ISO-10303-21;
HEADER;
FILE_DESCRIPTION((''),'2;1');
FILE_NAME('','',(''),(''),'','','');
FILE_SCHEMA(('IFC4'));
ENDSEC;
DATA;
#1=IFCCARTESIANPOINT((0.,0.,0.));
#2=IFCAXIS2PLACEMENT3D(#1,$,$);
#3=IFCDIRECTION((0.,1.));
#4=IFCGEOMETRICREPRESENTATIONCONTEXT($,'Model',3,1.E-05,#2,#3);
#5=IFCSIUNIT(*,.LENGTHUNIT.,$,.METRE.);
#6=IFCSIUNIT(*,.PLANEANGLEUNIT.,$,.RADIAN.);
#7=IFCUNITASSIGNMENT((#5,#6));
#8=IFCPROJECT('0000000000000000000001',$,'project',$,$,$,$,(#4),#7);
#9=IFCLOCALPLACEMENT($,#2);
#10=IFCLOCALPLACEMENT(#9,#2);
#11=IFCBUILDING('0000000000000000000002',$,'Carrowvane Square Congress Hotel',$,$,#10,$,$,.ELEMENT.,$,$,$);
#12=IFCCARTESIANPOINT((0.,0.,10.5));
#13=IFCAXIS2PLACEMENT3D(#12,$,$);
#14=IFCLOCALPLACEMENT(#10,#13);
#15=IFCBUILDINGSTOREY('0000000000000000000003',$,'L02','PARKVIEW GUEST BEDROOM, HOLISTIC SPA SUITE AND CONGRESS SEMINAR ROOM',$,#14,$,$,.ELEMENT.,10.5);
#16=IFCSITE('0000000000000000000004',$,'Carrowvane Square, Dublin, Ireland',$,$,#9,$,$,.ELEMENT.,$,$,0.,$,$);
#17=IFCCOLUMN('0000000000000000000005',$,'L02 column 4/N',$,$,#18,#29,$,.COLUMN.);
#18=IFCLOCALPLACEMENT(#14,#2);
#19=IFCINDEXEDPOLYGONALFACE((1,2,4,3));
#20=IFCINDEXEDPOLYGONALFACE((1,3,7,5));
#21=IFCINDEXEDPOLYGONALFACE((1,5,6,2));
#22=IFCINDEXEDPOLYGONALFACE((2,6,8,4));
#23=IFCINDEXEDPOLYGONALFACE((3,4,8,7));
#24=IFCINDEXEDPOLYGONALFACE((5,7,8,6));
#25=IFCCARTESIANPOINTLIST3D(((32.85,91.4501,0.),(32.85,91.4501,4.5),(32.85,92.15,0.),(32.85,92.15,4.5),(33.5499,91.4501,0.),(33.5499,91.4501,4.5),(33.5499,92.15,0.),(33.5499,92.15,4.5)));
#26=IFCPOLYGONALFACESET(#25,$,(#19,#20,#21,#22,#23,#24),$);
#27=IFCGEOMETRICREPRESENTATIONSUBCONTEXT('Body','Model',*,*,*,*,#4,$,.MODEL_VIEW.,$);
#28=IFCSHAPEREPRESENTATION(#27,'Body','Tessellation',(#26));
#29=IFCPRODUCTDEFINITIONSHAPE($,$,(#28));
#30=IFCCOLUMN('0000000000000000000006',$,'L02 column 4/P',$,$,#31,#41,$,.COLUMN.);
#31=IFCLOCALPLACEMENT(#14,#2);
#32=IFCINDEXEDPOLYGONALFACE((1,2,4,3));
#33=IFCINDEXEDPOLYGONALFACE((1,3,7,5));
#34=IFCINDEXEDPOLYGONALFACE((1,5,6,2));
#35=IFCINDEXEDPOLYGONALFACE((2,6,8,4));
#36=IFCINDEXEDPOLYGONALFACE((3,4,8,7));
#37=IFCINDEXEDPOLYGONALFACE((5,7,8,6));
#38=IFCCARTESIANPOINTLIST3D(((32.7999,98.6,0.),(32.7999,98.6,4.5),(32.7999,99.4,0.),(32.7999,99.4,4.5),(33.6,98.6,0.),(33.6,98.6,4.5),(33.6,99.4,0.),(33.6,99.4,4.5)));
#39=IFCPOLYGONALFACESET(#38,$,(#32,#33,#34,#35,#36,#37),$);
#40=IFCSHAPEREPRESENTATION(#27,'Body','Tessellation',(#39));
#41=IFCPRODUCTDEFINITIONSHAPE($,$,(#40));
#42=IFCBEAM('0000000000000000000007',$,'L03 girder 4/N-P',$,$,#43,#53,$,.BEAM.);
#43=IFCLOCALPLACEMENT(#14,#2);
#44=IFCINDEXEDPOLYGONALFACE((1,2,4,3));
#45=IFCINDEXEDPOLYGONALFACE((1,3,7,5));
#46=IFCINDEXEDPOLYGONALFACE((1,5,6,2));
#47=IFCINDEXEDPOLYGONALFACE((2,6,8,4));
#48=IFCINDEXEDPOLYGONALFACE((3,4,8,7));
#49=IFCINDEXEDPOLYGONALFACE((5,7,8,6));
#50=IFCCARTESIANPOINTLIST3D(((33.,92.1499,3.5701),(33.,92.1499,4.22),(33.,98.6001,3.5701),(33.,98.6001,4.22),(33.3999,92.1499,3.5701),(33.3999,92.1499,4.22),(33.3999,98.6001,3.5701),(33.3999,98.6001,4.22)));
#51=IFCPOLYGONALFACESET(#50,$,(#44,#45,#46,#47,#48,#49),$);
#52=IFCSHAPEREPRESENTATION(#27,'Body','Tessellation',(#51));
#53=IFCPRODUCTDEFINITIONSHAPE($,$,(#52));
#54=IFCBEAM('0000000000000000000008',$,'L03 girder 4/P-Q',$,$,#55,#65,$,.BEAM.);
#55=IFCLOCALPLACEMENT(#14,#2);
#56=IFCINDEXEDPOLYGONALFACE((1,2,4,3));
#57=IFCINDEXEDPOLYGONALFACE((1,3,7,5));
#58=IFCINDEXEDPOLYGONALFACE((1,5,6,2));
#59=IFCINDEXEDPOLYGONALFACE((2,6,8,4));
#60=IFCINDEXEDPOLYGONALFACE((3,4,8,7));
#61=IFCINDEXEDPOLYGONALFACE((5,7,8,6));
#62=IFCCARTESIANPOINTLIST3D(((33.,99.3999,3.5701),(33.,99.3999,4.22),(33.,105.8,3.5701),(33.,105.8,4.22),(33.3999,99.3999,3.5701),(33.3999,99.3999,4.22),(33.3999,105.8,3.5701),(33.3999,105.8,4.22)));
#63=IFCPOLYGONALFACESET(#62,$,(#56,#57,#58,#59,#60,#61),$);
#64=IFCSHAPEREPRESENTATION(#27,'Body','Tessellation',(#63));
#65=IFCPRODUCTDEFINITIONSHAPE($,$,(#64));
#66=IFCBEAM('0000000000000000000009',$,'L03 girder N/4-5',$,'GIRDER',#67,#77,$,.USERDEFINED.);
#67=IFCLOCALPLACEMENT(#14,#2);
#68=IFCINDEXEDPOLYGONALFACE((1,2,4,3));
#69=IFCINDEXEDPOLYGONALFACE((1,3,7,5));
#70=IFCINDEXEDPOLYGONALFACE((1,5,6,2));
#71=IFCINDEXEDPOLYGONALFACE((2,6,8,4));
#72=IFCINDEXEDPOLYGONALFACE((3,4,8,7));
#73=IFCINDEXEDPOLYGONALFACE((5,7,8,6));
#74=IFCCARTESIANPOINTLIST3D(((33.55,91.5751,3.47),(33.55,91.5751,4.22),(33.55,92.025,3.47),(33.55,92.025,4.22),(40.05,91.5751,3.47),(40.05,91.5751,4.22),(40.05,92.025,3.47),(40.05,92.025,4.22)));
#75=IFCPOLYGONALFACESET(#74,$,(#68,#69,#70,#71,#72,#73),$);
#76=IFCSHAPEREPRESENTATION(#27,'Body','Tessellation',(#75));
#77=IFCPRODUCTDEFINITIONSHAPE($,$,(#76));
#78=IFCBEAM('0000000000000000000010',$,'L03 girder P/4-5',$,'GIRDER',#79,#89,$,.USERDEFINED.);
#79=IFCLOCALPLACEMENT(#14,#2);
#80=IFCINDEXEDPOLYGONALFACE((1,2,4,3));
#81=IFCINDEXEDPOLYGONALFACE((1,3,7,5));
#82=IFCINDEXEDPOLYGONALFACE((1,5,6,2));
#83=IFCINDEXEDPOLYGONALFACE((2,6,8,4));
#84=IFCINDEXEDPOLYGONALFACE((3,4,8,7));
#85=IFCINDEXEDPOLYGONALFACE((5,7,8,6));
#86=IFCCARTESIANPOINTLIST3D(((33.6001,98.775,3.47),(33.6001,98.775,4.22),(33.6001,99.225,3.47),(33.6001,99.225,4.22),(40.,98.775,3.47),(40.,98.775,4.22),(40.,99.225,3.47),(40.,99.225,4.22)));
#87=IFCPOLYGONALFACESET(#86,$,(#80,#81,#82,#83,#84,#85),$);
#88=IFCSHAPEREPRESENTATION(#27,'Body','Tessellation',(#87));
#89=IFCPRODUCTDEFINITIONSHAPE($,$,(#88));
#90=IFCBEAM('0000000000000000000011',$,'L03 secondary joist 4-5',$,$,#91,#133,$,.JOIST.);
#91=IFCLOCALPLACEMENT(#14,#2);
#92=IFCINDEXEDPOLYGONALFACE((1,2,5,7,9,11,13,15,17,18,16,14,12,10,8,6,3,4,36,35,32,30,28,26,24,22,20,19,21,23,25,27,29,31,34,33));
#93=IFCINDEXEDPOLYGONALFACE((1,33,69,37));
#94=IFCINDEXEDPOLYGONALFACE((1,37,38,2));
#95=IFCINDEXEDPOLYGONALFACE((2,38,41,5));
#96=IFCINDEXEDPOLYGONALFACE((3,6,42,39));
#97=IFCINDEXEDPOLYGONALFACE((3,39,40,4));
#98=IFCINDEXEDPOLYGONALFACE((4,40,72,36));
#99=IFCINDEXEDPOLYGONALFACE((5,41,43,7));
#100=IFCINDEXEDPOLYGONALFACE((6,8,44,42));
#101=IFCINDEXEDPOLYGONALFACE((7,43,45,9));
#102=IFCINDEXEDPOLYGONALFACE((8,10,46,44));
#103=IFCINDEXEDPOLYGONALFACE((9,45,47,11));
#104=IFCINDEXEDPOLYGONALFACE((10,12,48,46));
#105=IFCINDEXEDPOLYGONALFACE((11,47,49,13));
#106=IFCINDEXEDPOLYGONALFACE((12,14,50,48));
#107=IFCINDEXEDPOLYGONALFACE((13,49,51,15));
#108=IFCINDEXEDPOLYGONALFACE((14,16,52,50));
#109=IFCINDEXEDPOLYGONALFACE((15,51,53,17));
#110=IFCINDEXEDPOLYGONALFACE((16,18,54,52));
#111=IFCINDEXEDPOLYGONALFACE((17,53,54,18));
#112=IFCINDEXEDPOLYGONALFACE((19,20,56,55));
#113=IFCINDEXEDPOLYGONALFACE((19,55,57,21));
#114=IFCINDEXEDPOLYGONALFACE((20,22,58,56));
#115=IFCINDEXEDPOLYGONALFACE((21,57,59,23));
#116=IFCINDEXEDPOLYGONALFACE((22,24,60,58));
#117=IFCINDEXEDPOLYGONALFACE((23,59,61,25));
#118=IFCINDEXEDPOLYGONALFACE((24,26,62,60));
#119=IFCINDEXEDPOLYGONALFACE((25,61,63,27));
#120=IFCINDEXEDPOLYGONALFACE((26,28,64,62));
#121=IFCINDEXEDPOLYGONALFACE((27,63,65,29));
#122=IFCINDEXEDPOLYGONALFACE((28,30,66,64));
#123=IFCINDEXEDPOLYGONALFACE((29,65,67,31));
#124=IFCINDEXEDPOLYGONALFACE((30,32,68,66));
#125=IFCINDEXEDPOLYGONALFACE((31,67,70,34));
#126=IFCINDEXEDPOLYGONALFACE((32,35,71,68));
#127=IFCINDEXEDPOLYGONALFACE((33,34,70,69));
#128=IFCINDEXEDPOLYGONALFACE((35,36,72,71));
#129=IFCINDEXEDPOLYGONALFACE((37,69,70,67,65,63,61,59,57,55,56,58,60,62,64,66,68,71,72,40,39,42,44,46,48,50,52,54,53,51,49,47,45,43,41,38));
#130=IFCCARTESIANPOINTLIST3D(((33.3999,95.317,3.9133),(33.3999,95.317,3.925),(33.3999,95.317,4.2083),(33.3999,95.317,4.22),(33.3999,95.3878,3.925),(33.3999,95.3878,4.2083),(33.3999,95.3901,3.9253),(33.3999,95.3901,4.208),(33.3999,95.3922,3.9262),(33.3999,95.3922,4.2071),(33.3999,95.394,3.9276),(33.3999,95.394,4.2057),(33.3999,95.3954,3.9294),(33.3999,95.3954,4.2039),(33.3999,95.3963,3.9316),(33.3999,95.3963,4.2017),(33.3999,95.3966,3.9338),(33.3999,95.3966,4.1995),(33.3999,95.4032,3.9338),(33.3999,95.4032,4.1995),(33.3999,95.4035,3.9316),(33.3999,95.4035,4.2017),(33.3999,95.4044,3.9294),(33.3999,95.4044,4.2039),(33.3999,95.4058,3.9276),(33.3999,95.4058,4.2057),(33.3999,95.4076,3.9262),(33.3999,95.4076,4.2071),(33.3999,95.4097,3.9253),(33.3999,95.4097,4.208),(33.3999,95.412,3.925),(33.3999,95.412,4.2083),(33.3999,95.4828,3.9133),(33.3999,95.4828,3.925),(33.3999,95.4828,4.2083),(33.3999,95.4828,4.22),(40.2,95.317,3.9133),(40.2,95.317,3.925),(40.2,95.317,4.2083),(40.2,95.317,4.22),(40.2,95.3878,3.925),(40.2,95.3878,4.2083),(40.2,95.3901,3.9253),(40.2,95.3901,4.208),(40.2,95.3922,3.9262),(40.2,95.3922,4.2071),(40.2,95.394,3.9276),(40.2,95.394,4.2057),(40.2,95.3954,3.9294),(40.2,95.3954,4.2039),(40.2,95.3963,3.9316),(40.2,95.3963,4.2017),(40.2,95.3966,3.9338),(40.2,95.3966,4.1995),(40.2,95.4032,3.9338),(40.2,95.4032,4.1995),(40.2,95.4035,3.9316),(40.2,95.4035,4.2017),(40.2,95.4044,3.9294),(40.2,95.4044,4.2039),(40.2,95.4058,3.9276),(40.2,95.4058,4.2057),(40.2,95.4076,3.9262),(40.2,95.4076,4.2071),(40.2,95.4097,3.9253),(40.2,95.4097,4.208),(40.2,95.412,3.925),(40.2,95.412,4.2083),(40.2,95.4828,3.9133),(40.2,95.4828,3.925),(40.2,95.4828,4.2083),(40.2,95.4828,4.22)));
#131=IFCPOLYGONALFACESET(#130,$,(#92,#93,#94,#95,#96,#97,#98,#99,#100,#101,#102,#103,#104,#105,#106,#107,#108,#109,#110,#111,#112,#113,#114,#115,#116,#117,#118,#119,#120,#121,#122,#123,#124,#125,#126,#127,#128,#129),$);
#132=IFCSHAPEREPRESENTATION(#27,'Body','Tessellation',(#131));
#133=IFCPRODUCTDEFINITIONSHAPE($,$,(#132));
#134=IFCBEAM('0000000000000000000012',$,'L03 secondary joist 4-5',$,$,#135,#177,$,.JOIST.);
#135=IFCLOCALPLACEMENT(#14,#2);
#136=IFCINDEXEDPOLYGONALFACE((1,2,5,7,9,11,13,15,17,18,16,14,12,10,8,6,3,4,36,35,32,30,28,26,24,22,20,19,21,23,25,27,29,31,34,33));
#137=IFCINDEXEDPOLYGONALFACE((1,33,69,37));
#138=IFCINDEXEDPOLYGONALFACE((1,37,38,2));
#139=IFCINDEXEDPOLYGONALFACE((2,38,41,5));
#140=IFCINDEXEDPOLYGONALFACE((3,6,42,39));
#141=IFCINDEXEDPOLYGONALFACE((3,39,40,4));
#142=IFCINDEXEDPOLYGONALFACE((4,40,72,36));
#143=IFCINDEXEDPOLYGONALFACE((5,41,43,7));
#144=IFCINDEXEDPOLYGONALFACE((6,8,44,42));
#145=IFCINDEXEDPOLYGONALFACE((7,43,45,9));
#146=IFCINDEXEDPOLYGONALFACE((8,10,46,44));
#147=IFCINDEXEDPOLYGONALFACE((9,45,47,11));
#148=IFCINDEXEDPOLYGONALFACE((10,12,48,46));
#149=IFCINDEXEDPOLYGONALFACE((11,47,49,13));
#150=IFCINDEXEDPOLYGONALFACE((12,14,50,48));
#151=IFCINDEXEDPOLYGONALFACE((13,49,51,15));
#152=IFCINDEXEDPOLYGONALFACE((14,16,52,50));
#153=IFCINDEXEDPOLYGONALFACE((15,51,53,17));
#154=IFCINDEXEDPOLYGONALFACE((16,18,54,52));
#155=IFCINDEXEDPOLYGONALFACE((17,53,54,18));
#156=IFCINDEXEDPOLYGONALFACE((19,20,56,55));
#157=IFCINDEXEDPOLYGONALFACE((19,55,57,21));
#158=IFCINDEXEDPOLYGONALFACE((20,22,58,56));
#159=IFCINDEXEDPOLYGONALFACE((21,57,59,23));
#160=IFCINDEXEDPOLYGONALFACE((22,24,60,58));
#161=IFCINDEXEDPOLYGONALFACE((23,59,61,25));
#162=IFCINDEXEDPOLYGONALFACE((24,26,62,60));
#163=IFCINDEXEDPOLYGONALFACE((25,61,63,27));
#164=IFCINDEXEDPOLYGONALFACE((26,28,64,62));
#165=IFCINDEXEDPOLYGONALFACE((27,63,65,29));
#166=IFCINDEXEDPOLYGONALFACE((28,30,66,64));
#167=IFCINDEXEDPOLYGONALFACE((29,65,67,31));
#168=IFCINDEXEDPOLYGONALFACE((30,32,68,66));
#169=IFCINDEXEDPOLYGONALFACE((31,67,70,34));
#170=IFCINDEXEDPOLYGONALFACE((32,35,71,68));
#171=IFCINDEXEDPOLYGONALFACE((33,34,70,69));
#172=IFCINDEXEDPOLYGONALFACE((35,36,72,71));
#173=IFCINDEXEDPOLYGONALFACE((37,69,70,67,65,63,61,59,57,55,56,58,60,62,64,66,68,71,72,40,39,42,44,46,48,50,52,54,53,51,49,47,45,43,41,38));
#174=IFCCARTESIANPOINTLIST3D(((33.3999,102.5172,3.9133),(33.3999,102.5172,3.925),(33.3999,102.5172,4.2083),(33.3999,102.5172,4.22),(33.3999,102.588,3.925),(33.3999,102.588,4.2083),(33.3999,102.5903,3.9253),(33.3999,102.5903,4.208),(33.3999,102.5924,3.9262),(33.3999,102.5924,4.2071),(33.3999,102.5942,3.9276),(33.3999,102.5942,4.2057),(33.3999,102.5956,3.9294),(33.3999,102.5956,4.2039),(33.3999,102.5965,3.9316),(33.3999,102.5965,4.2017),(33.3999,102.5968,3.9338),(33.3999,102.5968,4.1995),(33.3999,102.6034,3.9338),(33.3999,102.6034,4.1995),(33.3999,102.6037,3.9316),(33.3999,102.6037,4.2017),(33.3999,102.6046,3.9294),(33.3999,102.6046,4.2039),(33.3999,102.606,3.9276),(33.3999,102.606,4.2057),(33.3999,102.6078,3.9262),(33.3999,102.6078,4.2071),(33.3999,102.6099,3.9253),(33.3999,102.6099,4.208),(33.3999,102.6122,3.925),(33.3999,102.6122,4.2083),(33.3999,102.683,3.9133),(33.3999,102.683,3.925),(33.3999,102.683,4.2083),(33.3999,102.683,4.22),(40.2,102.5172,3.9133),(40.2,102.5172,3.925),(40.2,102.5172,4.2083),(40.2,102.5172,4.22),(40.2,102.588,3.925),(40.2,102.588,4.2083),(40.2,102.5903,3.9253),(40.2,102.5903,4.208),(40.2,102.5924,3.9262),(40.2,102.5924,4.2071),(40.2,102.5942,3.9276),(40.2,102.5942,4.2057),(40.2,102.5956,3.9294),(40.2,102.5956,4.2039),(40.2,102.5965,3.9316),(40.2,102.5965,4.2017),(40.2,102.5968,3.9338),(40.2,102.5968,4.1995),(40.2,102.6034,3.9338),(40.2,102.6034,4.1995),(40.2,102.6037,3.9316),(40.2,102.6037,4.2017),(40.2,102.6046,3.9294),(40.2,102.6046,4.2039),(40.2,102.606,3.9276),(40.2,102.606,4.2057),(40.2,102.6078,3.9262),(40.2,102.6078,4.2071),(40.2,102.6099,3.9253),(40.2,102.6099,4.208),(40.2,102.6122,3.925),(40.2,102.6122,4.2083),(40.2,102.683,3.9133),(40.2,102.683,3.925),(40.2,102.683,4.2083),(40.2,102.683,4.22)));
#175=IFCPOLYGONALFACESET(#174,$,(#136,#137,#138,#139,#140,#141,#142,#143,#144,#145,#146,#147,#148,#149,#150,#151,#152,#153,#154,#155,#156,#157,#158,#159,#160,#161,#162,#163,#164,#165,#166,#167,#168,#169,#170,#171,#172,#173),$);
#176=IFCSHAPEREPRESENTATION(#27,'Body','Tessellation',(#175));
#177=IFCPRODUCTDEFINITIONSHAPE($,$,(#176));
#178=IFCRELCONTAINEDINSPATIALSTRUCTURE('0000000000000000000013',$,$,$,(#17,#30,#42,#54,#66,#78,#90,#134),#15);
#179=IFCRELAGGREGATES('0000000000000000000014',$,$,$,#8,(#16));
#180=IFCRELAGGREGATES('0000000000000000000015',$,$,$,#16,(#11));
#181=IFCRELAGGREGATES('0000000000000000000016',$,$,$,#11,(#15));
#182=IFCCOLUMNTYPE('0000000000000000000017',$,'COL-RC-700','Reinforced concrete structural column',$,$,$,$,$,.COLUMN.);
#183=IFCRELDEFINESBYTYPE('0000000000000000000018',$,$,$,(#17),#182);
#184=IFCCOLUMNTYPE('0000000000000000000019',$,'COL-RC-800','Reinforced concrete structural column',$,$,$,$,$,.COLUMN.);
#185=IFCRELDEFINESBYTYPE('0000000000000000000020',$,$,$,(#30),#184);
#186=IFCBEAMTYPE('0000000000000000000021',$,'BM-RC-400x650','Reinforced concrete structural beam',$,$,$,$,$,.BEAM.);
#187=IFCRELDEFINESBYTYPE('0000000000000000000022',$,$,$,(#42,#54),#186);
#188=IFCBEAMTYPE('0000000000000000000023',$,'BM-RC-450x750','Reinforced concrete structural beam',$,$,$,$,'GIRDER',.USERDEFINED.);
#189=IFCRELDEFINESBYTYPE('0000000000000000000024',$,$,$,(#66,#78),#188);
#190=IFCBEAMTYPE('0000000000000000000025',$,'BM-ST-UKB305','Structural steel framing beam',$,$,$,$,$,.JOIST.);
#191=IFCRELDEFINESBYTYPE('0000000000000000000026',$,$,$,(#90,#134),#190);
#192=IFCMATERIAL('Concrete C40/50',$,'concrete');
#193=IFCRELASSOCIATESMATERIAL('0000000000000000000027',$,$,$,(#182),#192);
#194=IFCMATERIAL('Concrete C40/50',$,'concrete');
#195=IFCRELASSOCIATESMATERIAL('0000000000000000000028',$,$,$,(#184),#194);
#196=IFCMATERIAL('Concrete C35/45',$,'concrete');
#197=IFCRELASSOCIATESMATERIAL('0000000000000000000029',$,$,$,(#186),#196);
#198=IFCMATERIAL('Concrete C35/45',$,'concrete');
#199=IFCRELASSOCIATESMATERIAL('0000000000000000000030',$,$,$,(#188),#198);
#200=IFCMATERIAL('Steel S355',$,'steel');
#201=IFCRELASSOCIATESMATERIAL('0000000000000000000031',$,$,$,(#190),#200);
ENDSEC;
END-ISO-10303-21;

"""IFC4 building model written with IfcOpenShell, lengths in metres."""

from ifc_helpers import new_model, si_unit, direction, frame, origin, origin_2d, place, context, subcontext, project, spatial, rectangle, i_section, extrude, material, material_profile, profile_set, type_object, element, save


model = new_model("IFC4")

# Units and contexts
model_context = context("Model", 3, precision=1e-05, world=origin(), true_north=direction((0.0, 1.0)))
body_context = subcontext(model_context, "Body", "Model", "MODEL_VIEW")
ifc_project = project(units=[si_unit("LENGTHUNIT", "METRE"), si_unit("PLANEANGLEUNIT", "RADIAN")], contexts=[model_context])

# Site, building, storey
site_placement = place(None, origin())
site = spatial("IfcSite", under=ifc_project, at=site_placement, Name="Carrowvane Square, Dublin, Ireland", CompositionType="ELEMENT", RefElevation=0.0)
building_placement = place(site_placement, origin())
building = spatial("IfcBuilding", under=site, at=building_placement, Name="Carrowvane Square Congress Hotel", CompositionType="ELEMENT")
storey_placement = place(building_placement, frame((0.0, 0.0, 10.5)))
storey = spatial("IfcBuildingStorey", under=building, at=storey_placement, Name="L02", Description="PARKVIEW GUEST BEDROOM, HOLISTIC SPA SUITE AND CONGRESS SEMINAR ROOM", CompositionType="ELEMENT", Elevation=10.5)

# Columns
ifc_material_1 = material(Name="Concrete C40/50", Category="concrete")
ifc_material_profile_1 = material_profile(ifc_material_1, rectangle(XDim=0.7, YDim=0.7, at=origin_2d()), Name="RC 700x700")
ifc_profile_set_1 = profile_set([ifc_material_profile_1], Name="Concrete C40/50")
column_type_1 = type_object("IfcColumnType", Name="COL-RC-700", Description="Reinforced concrete structural column", PredefinedType="COLUMN", material=ifc_profile_set_1)
column_1_placement = place(storey_placement, frame((33.2, 91.8, 0.0), z_axis=(0.0, 0.0, 1.0), x_axis=(1.0, 0.0, 0.0)))
element("IfcColumn", 1, at=column_1_placement, inside=storey, type_object=column_type_1, Name="L02 column 4/N", PredefinedType="COLUMN", context=body_context, shape_type="SweptSolid", body=[
    extrude(rectangle(XDim=0.7, YDim=0.7, at=origin_2d()), origin(), (0.0, 0.0, 1.0), 4.5),
])
ifc_material_2 = material(Name="Concrete C40/50", Category="concrete")
ifc_material_profile_2 = material_profile(ifc_material_2, rectangle(XDim=0.8, YDim=0.8, at=origin_2d()), Name="RC 800x800")
ifc_profile_set_2 = profile_set([ifc_material_profile_2], Name="Concrete C40/50")
column_type_2 = type_object("IfcColumnType", Name="COL-RC-800", Description="Reinforced concrete structural column", PredefinedType="COLUMN", material=ifc_profile_set_2)
column_2_placement = place(storey_placement, frame((33.2, 99.0, 0.0), z_axis=(0.0, 0.0, 1.0), x_axis=(1.0, 0.0, 0.0)))
element("IfcColumn", 2, at=column_2_placement, inside=storey, type_object=column_type_2, Name="L02 column 4/P", PredefinedType="COLUMN", context=body_context, shape_type="SweptSolid", body=[
    extrude(rectangle(XDim=0.8, YDim=0.8, at=origin_2d()), origin(), (0.0, 0.0, 1.0), 4.5),
])

# Beams
ifc_material_3 = material(Name="Concrete C35/45", Category="concrete")
ifc_material_profile_3 = material_profile(ifc_material_3, rectangle(XDim=0.3999, YDim=0.6499, at=origin_2d()), Name="RC 400x650")
ifc_profile_set_3 = profile_set([ifc_material_profile_3], Name="Concrete C35/45")
beam_type_1 = type_object("IfcBeamType", Name="BM-RC-400x650", Description="Reinforced concrete structural beam", PredefinedType="BEAM", material=ifc_profile_set_3)
beam_1_placement = place(storey_placement, frame((33.2, 92.1499, 3.895), z_axis=(0.0, 1.0, 0.0), x_axis=(-1.0, 0.0, 0.0)))
element("IfcBeam", 3, at=beam_1_placement, inside=storey, type_object=beam_type_1, Name="L03 girder 4/N-P", PredefinedType="BEAM", context=body_context, shape_type="SweptSolid", body=[
    extrude(rectangle(XDim=0.3999, YDim=0.6499, at=origin_2d()), origin(), (0.0, 0.0, 1.0), 6.4502),
])
beam_2_placement = place(storey_placement, frame((33.2, 99.3999, 3.895), z_axis=(0.0, 1.0, 0.0), x_axis=(-1.0, 0.0, 0.0)))
element("IfcBeam", 4, at=beam_2_placement, inside=storey, type_object=beam_type_1, Name="L03 girder 4/P-Q", PredefinedType="BEAM", context=body_context, shape_type="SweptSolid", body=[
    extrude(rectangle(XDim=0.3999, YDim=0.6499, at=origin_2d()), origin(), (0.0, 0.0, 1.0), 6.4001),
])
ifc_material_4 = material(Name="Concrete C35/45", Category="concrete")
ifc_material_profile_4 = material_profile(ifc_material_4, rectangle(XDim=0.45, YDim=0.75, at=origin_2d()), Name="RC 450x750")
ifc_profile_set_4 = profile_set([ifc_material_profile_4], Name="Concrete C35/45")
beam_type_2 = type_object("IfcBeamType", Name="BM-RC-450x750", Description="Reinforced concrete structural beam", ElementType="GIRDER", PredefinedType="USERDEFINED", material=ifc_profile_set_4)
beam_3_placement = place(storey_placement, frame((33.55, 91.8, 3.845), z_axis=(1.0, 0.0, 0.0), x_axis=(0.0, 1.0, 0.0)))
element("IfcBeam", 5, at=beam_3_placement, inside=storey, type_object=beam_type_2, Name="L03 girder N/4-5", ObjectType="GIRDER", PredefinedType="USERDEFINED", context=body_context, shape_type="SweptSolid", body=[
    extrude(rectangle(XDim=0.45, YDim=0.75, at=origin_2d()), origin(), (0.0, 0.0, 1.0), 6.5),
])
beam_4_placement = place(storey_placement, frame((33.6001, 99.0, 3.845), z_axis=(1.0, 0.0, 0.0), x_axis=(0.0, 1.0, 0.0)))
element("IfcBeam", 6, at=beam_4_placement, inside=storey, type_object=beam_type_2, Name="L03 girder P/4-5", ObjectType="GIRDER", PredefinedType="USERDEFINED", context=body_context, shape_type="SweptSolid", body=[
    extrude(rectangle(XDim=0.45, YDim=0.75, at=origin_2d()), origin(), (0.0, 0.0, 1.0), 6.3999),
])
ifc_material_5 = material(Name="Steel S355", Category="steel")
ifc_material_profile_5 = material_profile(ifc_material_5, i_section(OverallWidth=0.1658, OverallDepth=0.3066, WebThickness=0.0066, FlangeThickness=0.0117, FilletRadius=0.0088, at=origin_2d()), Name="UKB 305x165x46")
ifc_profile_set_5 = profile_set([ifc_material_profile_5], Name="Steel S355")
beam_type_3 = type_object("IfcBeamType", Name="BM-ST-UKB305", Description="Structural steel framing beam", PredefinedType="JOIST", material=ifc_profile_set_5)
for number, where, z_axis, x_axis, name in (
    (7, (33.3999, 95.3999, 4.0667), (1.0, 0.0, 0.0), (0.0, 1.0, 0.0), "L03 secondary joist 4-5"),
    (8, (33.3999, 102.6001, 4.0667), (1.0, 0.0, 0.0), (0.0, 1.0, 0.0), "L03 secondary joist 4-5"),
):
    element("IfcBeam", number, at=place(storey_placement, frame(where, z_axis=z_axis, x_axis=x_axis)), inside=storey, type_object=beam_type_3, Name=name, PredefinedType="JOIST", context=body_context, shape_type="SweptSolid", body=[
        extrude(i_section(OverallWidth=0.1658, OverallDepth=0.3066, WebThickness=0.0066, FlangeThickness=0.0117, FilletRadius=0.0088, at=origin_2d()), origin(), (0.0, 0.0, 1.0), 6.8),
    ])

save(model, "model.ifc")
